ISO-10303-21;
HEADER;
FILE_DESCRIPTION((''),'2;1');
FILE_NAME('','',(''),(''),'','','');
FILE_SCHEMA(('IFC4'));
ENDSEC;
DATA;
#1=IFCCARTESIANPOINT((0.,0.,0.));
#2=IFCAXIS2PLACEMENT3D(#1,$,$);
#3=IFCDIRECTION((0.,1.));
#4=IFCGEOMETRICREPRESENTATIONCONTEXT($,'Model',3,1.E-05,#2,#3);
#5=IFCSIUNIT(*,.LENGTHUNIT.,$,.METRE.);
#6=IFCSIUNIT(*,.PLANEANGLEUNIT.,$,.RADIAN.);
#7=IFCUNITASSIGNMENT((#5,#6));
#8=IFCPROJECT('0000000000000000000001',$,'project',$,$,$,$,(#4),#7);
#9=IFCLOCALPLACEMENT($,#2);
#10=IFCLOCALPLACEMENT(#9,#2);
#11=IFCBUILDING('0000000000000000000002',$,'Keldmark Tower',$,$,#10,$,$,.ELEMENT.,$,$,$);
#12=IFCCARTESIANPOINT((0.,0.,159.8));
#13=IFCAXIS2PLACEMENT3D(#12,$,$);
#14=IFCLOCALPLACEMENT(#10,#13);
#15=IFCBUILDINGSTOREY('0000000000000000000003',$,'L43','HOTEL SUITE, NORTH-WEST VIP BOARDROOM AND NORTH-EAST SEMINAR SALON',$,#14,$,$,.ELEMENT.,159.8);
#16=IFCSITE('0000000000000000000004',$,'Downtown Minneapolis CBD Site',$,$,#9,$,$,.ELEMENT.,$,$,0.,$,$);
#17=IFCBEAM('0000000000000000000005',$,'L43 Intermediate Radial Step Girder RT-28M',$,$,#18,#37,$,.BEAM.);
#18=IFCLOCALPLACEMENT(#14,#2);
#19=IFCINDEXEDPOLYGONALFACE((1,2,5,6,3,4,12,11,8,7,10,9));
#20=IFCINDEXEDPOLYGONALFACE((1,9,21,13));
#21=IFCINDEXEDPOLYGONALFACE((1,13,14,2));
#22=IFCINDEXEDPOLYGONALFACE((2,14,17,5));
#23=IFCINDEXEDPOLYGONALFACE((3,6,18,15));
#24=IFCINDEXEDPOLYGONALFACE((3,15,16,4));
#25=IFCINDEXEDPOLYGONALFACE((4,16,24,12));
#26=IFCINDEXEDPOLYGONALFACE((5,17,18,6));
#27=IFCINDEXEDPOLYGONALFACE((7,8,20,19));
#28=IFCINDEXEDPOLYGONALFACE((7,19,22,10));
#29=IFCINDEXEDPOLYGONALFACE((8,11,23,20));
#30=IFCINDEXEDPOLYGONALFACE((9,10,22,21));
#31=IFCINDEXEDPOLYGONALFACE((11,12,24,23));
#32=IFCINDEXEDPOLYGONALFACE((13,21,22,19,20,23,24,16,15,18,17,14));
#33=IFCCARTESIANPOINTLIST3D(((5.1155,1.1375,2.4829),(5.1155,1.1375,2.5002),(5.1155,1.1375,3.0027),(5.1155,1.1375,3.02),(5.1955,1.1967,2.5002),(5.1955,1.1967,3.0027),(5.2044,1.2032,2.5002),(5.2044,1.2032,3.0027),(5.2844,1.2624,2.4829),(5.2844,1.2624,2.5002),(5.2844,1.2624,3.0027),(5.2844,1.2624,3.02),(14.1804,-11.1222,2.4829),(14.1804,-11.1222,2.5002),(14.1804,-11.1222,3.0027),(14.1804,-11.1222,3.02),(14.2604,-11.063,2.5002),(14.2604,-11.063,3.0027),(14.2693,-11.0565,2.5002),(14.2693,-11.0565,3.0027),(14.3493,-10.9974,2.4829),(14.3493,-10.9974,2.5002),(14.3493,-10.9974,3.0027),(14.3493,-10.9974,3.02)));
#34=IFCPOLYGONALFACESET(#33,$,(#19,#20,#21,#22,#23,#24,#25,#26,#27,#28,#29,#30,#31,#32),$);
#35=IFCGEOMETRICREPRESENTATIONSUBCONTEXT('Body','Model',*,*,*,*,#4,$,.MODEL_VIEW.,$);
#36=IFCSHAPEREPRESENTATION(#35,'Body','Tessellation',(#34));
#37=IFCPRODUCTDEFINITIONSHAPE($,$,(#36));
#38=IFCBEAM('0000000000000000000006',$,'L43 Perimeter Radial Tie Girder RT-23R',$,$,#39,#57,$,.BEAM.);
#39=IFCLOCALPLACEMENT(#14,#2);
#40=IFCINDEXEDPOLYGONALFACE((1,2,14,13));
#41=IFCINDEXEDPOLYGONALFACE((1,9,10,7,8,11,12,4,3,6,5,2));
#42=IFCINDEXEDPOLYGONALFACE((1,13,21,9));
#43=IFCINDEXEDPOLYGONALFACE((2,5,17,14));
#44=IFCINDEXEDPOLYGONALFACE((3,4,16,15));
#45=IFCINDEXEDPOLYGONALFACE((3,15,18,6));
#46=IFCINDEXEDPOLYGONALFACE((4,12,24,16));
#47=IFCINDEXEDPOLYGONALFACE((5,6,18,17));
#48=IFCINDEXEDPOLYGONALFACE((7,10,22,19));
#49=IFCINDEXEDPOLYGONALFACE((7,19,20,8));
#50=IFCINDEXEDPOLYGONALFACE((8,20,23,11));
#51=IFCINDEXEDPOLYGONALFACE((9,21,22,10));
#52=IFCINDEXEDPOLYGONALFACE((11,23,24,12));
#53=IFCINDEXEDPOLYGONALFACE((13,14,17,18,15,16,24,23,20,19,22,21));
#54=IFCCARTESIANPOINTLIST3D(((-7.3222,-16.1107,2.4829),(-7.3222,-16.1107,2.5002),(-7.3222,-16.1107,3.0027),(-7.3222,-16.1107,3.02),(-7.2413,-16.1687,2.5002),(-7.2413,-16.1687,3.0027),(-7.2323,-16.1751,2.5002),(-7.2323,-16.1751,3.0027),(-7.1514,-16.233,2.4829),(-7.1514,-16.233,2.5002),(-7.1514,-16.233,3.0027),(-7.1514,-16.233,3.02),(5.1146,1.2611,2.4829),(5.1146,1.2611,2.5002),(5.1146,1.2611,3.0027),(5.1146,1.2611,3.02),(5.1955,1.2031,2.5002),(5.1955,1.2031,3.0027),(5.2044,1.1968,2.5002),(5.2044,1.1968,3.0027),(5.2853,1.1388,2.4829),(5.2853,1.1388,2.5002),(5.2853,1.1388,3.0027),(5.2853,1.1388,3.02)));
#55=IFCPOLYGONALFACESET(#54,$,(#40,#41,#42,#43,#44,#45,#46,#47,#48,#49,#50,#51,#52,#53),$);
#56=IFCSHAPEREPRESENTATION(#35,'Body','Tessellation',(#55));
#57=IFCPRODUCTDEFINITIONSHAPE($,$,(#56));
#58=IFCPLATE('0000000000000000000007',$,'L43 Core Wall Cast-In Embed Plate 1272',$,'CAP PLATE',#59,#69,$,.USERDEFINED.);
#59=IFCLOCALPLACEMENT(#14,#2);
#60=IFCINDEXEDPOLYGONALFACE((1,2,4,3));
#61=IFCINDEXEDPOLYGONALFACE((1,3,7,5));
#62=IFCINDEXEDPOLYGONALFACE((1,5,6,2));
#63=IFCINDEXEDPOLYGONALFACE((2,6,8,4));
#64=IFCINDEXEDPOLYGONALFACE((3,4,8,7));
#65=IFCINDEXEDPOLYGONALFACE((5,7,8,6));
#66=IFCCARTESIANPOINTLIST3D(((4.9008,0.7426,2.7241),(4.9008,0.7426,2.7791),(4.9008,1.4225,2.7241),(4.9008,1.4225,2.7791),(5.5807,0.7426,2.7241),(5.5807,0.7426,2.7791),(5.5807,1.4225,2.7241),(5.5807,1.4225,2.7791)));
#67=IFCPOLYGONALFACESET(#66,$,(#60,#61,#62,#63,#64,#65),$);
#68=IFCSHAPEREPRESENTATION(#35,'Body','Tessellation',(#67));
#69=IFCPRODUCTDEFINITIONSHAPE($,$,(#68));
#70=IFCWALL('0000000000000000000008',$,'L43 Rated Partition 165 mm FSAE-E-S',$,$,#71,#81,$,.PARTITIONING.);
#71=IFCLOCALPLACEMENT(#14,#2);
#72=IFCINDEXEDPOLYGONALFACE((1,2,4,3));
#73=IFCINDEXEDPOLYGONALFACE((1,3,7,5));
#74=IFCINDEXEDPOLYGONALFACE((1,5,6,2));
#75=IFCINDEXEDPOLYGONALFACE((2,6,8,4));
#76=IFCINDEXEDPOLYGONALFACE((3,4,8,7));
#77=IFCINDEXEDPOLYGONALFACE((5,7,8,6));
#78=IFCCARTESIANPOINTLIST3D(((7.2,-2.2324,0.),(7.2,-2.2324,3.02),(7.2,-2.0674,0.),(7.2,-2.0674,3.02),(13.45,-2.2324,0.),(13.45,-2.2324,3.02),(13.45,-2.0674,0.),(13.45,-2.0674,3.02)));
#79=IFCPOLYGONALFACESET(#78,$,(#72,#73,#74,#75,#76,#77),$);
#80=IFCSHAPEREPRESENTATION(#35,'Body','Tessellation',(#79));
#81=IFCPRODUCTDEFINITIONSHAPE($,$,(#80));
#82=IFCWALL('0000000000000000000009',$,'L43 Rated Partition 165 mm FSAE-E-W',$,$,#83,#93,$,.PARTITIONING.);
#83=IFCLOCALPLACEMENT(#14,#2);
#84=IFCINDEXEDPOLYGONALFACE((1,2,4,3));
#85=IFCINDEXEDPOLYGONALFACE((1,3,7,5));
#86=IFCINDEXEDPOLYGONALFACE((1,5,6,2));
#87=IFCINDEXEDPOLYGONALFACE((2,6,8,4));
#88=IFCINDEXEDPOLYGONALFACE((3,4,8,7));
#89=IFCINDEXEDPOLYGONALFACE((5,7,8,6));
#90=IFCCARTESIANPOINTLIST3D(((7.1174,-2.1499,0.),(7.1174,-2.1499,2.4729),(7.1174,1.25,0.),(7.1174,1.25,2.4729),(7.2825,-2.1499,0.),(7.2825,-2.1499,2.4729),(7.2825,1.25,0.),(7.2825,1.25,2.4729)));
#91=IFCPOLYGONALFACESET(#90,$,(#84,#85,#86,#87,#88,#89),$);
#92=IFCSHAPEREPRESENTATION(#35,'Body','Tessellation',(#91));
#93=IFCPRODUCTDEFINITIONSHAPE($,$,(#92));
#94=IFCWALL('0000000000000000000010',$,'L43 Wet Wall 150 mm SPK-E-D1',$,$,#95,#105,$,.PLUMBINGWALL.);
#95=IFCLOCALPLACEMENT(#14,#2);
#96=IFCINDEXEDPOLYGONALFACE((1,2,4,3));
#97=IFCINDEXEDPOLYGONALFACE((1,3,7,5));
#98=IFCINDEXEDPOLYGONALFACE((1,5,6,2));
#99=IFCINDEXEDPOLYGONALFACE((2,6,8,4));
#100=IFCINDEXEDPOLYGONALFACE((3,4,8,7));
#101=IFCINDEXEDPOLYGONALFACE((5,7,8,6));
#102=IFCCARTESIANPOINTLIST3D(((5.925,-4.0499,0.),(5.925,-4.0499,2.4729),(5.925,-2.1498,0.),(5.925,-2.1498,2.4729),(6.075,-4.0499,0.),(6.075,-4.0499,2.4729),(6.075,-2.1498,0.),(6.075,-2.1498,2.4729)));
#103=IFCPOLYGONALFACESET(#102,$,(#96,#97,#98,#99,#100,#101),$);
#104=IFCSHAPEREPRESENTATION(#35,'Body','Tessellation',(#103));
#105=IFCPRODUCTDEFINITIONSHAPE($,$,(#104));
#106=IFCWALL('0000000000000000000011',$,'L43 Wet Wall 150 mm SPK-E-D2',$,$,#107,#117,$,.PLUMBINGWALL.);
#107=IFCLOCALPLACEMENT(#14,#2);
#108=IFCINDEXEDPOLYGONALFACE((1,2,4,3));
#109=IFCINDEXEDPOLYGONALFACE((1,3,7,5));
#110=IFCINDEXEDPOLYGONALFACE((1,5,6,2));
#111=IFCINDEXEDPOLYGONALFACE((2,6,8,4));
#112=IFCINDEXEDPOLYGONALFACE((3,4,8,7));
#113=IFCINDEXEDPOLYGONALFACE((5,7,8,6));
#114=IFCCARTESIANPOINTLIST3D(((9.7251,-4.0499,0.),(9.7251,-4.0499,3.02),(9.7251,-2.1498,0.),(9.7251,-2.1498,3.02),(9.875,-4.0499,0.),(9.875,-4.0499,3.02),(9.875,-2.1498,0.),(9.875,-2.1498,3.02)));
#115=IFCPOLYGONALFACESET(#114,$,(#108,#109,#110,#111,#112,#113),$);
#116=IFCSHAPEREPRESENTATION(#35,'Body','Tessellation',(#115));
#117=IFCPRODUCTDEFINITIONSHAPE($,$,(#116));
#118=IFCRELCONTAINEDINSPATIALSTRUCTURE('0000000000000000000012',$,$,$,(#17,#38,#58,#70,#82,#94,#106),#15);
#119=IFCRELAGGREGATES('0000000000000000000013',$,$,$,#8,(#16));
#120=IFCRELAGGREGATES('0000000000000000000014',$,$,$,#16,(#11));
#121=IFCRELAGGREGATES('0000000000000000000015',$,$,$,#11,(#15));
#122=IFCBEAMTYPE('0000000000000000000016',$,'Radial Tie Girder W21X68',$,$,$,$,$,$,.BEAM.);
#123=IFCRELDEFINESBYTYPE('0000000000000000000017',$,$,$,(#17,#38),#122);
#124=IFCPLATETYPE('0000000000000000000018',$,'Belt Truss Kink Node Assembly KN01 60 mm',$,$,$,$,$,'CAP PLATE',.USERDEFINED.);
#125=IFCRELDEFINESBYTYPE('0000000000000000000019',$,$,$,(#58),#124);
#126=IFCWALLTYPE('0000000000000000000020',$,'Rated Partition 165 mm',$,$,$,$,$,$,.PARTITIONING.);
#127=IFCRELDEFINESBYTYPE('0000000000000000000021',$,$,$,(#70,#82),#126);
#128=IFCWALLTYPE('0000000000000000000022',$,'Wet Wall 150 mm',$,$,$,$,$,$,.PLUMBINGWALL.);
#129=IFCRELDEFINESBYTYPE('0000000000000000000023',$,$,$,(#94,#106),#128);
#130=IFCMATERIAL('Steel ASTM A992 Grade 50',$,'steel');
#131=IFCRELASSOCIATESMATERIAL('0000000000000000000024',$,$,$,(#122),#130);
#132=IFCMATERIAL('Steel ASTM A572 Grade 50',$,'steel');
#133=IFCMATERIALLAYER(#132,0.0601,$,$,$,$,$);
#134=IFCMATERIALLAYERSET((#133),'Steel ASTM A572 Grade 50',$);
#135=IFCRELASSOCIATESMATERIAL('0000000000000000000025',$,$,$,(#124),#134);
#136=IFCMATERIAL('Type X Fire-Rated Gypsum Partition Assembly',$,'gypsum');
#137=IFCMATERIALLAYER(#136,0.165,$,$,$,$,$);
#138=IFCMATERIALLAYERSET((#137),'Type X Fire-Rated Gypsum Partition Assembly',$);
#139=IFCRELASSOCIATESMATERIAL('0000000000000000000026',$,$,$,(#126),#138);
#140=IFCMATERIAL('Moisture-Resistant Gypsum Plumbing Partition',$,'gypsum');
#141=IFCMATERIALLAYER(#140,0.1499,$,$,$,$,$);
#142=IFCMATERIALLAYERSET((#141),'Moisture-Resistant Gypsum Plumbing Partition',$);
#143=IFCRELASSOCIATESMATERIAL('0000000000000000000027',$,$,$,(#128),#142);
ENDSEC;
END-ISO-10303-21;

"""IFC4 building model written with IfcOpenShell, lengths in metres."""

from ifc_helpers import new_model, si_unit, direction, frame, frame_2d, origin, origin_2d, place, context, subcontext, project, spatial, rectangle, i_section, extrude, material, layer, layer_set, material_profile, profile_set, type_object, element, save


model = new_model("IFC4")

# Units and contexts
model_context = context("Model", 3, precision=1e-05, world=origin(), true_north=direction((0.0, 1.0)))
body_context = subcontext(model_context, "Body", "Model", "MODEL_VIEW")
ifc_project = project(units=[si_unit("LENGTHUNIT", "METRE"), si_unit("PLANEANGLEUNIT", "RADIAN")], contexts=[model_context])

# Site, building, storey
site_placement = place(None, origin())
site = spatial("IfcSite", under=ifc_project, at=site_placement, Name="Downtown Minneapolis CBD Site", CompositionType="ELEMENT", RefElevation=0.0)
building_placement = place(site_placement, origin())
building = spatial("IfcBuilding", under=site, at=building_placement, Name="Keldmark Tower", CompositionType="ELEMENT")
storey_placement = place(building_placement, frame((0.0, 0.0, 159.8)))
storey = spatial("IfcBuildingStorey", under=building, at=storey_placement, Name="L43", Description="HOTEL SUITE, NORTH-WEST VIP BOARDROOM AND NORTH-EAST SEMINAR SALON", CompositionType="ELEMENT", Elevation=159.8)

# Beams
ifc_material_1 = material(Name="Steel ASTM A992 Grade 50", Category="steel")
ifc_material_profile_1 = material_profile(ifc_material_1, i_section(OverallWidth=0.21, OverallDepth=0.5371, WebThickness=0.011, FlangeThickness=0.0173, at=origin_2d()), Name="W21X68")
ifc_profile_set_1 = profile_set([ifc_material_profile_1], Name="Steel ASTM A992 Grade 50")
beam_type_1 = type_object("IfcBeamType", Name="Radial Tie Girder W21X68", PredefinedType="BEAM", material=ifc_profile_set_1)
beam_1_placement = place(storey_placement, frame((5.2, 1.2, 2.7515), z_axis=(0.594534, -0.80407, 0.0), x_axis=(0.80407, 0.594534, 0.0)))
element("IfcBeam", 1, at=beam_1_placement, inside=storey, type_object=beam_type_1, Name="L43 Intermediate Radial Step Girder RT-28M", PredefinedType="BEAM", context=body_context, shape_type="SweptSolid", body=[
    extrude(i_section(OverallWidth=0.21, OverallDepth=0.5371, WebThickness=0.011, FlangeThickness=0.0173, at=origin_2d()), origin(), (0.0, 0.0, 1.0), 15.2471),
])
beam_2_placement = place(storey_placement, frame((5.2, 1.2, 2.7515), z_axis=(-0.582116, -0.813106, 0.0), x_axis=(0.813106, -0.582116, 0.0)))
element("IfcBeam", 2, at=beam_2_placement, inside=storey, type_object=beam_type_1, Name="L43 Perimeter Radial Tie Girder RT-23R", PredefinedType="BEAM", context=body_context, shape_type="SweptSolid", body=[
    extrude(i_section(OverallWidth=0.21, OverallDepth=0.5371, WebThickness=0.011, FlangeThickness=0.0173, at=origin_2d()), origin(), (0.0, 0.0, 1.0), 21.3647),
])

# Plate
ifc_material_2 = material(Name="Steel ASTM A572 Grade 50", Category="steel")
ifc_layer_1 = layer(ifc_material_2, 0.0601)
ifc_layer_set_1 = layer_set([ifc_layer_1], Name="Steel ASTM A572 Grade 50")
plate_type = type_object("IfcPlateType", Name="Belt Truss Kink Node Assembly KN01 60 mm", ElementType="CAP PLATE", PredefinedType="USERDEFINED", material=ifc_layer_set_1)
plate_placement = place(storey_placement, frame((5.2407, 1.0825, 2.7241), z_axis=(0.0, 0.0, 1.0), x_axis=(1.0, 0.0, 0.0)))
element("IfcPlate", 3, at=plate_placement, inside=storey, type_object=plate_type, Name="L43 Core Wall Cast-In Embed Plate 1272", ObjectType="CAP PLATE", PredefinedType="USERDEFINED", context=body_context, shape_type="SweptSolid", body=[
    extrude(rectangle(XDim=0.6799, YDim=0.6799, at=origin_2d()), origin(), (0.0, 0.0, 1.0), 0.0549),
])

# Walls
ifc_material_3 = material(Name="Type X Fire-Rated Gypsum Partition Assembly", Category="gypsum")
ifc_layer_2 = layer(ifc_material_3, 0.165)
ifc_layer_set_2 = layer_set([ifc_layer_2], Name="Type X Fire-Rated Gypsum Partition Assembly")
wall_type_1 = type_object("IfcWallType", Name="Rated Partition 165 mm", PredefinedType="PARTITIONING", material=ifc_layer_set_2)
wall_1_placement = place(storey_placement, frame((7.2, -2.1499, 0.0), z_axis=(0.0, 0.0, 1.0), x_axis=(1.0, 0.0, 0.0)))
element("IfcWall", 4, at=wall_1_placement, inside=storey, type_object=wall_type_1, Name="L43 Rated Partition 165 mm FSAE-E-S", PredefinedType="PARTITIONING", context=body_context, shape_type="SweptSolid", body=[
    extrude(rectangle(XDim=6.25, YDim=0.165, at=frame_2d((3.125, 0.0))), origin(), (0.0, 0.0, 1.0), 3.02),
])
wall_2_placement = place(storey_placement, frame((7.2, -2.1499, 0.0), z_axis=(0.0, 0.0, 1.0), x_axis=(0.0, 1.0, 0.0)))
element("IfcWall", 5, at=wall_2_placement, inside=storey, type_object=wall_type_1, Name="L43 Rated Partition 165 mm FSAE-E-W", PredefinedType="PARTITIONING", context=body_context, shape_type="SweptSolid", body=[
    extrude(rectangle(XDim=3.3999, YDim=0.165, at=frame_2d((1.7, 0.0))), origin(), (0.0, 0.0, 1.0), 2.4729),
])
ifc_material_4 = material(Name="Moisture-Resistant Gypsum Plumbing Partition", Category="gypsum")
ifc_layer_3 = layer(ifc_material_4, 0.1499)
ifc_layer_set_3 = layer_set([ifc_layer_3], Name="Moisture-Resistant Gypsum Plumbing Partition")
wall_type_2 = type_object("IfcWallType", Name="Wet Wall 150 mm", PredefinedType="PLUMBINGWALL", material=ifc_layer_set_3)
wall_3_placement = place(storey_placement, frame((6.0, -4.05, 0.0), z_axis=(0.0, 0.0, 1.0), x_axis=(0.0, 1.0, 0.0)))
element("IfcWall", 6, at=wall_3_placement, inside=storey, type_object=wall_type_2, Name="L43 Wet Wall 150 mm SPK-E-D1", PredefinedType="PLUMBINGWALL", context=body_context, shape_type="SweptSolid", body=[
    extrude(rectangle(XDim=1.9001, YDim=0.1499, at=frame_2d((0.9502, 0.0))), origin(), (0.0, 0.0, 1.0), 2.4729),
])
wall_4_placement = place(storey_placement, frame((9.8, -4.05, 0.0), z_axis=(0.0, 0.0, 1.0), x_axis=(0.0, 1.0, 0.0)))
element("IfcWall", 7, at=wall_4_placement, inside=storey, type_object=wall_type_2, Name="L43 Wet Wall 150 mm SPK-E-D2", PredefinedType="PLUMBINGWALL", context=body_context, shape_type="SweptSolid", body=[
    extrude(rectangle(XDim=1.9001, YDim=0.1499, at=frame_2d((0.9502, 0.0))), origin(), (0.0, 0.0, 1.0), 3.02),
])

save(model, "model.ifc")
